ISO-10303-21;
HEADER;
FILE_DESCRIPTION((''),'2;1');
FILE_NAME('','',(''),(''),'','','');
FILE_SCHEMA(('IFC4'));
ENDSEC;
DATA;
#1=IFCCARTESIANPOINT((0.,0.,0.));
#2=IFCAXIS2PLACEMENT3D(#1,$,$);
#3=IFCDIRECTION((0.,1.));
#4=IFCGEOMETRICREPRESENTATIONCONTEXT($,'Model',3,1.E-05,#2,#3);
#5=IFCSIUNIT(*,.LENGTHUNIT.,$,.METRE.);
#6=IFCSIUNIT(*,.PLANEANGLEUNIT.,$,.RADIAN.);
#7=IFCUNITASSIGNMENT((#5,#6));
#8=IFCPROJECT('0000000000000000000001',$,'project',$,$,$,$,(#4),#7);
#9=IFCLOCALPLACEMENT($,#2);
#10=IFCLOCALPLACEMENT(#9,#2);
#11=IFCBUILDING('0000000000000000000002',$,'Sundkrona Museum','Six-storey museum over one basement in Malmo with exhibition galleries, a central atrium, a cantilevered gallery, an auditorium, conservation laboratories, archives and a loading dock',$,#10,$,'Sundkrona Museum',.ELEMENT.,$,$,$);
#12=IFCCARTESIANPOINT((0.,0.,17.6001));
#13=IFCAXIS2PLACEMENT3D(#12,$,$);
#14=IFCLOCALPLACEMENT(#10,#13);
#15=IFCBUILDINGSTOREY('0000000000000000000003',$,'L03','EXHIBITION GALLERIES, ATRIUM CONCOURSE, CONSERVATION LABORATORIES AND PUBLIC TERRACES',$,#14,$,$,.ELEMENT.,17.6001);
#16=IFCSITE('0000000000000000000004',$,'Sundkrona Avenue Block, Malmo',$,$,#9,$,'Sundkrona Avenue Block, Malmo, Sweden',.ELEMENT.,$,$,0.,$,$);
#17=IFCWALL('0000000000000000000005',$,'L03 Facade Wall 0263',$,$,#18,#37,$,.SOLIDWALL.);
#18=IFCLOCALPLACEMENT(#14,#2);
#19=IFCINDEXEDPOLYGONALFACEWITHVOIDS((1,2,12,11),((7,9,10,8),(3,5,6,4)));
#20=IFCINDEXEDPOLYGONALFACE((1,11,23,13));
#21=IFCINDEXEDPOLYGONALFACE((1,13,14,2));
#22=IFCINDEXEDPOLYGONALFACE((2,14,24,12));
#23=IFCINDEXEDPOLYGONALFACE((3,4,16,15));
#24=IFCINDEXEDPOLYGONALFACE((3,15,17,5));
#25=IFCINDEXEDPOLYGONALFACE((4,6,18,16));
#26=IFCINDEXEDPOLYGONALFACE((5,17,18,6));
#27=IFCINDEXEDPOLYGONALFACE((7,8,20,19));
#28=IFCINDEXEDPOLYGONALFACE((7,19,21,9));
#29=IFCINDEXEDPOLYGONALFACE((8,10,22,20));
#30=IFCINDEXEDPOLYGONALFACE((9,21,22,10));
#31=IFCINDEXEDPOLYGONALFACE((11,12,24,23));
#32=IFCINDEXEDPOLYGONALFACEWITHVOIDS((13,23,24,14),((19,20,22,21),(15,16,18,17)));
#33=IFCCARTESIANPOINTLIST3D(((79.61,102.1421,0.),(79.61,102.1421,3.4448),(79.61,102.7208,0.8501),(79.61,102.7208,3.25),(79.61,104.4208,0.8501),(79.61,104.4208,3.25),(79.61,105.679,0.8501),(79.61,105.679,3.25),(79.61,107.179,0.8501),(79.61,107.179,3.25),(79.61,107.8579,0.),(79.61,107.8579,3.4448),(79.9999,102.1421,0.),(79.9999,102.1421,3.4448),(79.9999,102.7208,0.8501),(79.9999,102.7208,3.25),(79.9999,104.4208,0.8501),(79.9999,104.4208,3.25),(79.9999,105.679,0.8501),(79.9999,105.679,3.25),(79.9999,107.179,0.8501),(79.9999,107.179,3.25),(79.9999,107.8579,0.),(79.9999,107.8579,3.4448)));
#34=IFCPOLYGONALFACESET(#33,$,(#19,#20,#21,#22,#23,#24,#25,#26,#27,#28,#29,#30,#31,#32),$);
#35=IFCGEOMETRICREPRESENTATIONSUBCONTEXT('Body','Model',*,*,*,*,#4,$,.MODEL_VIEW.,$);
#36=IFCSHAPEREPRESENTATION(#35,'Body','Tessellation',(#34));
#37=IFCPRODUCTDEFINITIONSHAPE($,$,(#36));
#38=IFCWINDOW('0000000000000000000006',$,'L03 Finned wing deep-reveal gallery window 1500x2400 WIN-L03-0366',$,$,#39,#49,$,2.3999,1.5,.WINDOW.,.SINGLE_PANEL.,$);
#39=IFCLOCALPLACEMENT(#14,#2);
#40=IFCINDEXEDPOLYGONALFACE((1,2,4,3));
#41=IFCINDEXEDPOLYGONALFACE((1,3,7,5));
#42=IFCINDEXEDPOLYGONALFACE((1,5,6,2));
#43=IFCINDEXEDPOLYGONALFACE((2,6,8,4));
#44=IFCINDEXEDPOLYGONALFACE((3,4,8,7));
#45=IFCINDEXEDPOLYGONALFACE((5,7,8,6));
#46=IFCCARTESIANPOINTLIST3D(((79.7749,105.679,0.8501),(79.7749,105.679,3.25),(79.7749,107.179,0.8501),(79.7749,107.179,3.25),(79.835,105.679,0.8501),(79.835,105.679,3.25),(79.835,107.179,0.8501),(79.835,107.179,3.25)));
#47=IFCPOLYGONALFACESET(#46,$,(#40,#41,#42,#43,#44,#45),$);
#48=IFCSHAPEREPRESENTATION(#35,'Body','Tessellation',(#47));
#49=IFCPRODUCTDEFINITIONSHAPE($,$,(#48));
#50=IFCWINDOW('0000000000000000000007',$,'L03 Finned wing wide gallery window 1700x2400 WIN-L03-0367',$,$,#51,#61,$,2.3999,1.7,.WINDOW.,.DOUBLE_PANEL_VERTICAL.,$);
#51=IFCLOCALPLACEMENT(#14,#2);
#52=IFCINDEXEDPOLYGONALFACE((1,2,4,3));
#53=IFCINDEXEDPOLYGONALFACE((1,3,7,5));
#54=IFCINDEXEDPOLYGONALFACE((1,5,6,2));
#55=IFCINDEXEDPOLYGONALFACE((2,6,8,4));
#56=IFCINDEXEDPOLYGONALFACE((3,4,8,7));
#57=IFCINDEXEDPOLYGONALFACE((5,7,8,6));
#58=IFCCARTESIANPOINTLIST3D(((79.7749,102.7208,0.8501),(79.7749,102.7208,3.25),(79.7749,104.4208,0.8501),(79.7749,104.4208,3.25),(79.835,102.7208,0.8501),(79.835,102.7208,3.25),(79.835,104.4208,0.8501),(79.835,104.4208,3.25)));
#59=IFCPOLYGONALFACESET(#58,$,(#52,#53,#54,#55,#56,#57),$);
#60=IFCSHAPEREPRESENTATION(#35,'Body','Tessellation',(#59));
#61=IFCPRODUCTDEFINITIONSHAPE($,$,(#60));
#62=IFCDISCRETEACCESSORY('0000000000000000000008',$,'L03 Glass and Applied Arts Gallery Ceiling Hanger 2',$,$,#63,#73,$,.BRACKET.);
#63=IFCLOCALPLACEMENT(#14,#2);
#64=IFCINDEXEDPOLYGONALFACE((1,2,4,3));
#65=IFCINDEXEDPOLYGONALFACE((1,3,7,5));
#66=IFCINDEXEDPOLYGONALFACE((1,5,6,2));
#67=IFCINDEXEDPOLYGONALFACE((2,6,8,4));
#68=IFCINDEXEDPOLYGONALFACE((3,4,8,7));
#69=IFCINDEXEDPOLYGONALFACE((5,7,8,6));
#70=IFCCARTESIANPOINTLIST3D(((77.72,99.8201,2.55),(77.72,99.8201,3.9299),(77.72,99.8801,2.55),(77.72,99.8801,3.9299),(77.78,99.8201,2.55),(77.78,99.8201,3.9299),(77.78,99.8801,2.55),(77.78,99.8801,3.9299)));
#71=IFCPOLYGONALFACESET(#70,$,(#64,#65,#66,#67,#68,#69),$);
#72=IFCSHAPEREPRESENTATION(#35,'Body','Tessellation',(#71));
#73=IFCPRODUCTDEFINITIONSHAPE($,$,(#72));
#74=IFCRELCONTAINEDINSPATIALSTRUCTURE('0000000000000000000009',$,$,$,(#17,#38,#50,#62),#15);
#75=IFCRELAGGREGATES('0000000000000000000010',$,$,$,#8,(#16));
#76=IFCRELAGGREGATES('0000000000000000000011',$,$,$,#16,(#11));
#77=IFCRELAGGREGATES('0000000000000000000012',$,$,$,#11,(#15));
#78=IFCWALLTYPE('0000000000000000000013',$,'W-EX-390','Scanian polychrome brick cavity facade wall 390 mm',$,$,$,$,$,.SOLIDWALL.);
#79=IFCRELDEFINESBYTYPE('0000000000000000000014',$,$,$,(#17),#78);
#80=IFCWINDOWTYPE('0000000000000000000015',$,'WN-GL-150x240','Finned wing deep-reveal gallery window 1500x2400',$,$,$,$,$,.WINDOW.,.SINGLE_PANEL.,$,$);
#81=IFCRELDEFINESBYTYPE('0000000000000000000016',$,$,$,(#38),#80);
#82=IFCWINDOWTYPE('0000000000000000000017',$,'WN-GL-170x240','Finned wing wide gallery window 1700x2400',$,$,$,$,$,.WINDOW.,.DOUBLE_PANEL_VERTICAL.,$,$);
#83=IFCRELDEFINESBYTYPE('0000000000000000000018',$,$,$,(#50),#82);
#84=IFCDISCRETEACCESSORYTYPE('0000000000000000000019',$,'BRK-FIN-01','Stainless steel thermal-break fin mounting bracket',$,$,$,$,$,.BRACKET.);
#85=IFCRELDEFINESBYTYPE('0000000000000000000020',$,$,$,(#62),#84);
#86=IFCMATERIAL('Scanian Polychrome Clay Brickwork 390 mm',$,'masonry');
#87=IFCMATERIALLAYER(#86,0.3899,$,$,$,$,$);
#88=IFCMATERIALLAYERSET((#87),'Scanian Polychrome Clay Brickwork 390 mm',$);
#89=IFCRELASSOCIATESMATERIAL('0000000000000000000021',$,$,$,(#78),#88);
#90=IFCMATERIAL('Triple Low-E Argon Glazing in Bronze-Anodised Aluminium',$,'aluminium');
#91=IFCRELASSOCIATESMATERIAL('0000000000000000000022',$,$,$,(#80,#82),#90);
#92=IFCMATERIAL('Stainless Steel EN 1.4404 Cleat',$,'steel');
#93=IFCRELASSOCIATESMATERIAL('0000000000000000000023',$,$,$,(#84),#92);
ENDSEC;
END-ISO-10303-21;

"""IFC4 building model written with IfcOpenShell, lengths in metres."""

from ifc_helpers import new_model, si_unit, direction, frame, frame_2d, origin, origin_2d, place, context, subcontext, project, spatial, rectangle, extrude, material, layer, layer_set, type_object, element, fill, save


model = new_model("IFC4")

# Units and contexts
model_context = context("Model", 3, precision=1e-05, world=origin(), true_north=direction((0.0, 1.0)))
body_context = subcontext(model_context, "Body", "Model", "MODEL_VIEW")
ifc_project = project(units=[si_unit("LENGTHUNIT", "METRE"), si_unit("PLANEANGLEUNIT", "RADIAN")], contexts=[model_context])

# Site, building, storey
site_placement = place(None, origin())
site = spatial("IfcSite", under=ifc_project, at=site_placement, Name="Sundkrona Avenue Block, Malmo", LongName="Sundkrona Avenue Block, Malmo, Sweden", CompositionType="ELEMENT", RefElevation=0.0)
building_placement = place(site_placement, origin())
building = spatial("IfcBuilding", under=site, at=building_placement, Name="Sundkrona Museum", Description="Six-storey museum over one basement in Malmo with exhibition galleries, a central atrium, a cantilevered gallery, an auditorium, conservation laboratories, archives and a loading dock", LongName="Sundkrona Museum", CompositionType="ELEMENT")
storey_placement = place(building_placement, frame((0.0, 0.0, 17.6001)))
storey = spatial("IfcBuildingStorey", under=building, at=storey_placement, Name="L03", Description="EXHIBITION GALLERIES, ATRIUM CONCOURSE, CONSERVATION LABORATORIES AND PUBLIC TERRACES", CompositionType="ELEMENT", Elevation=17.6001)

# Wall, openings, windows
ifc_material_1 = material(Name="Scanian Polychrome Clay Brickwork 390 mm", Category="masonry")
ifc_layer = layer(ifc_material_1, 0.3899)
ifc_layer_set = layer_set([ifc_layer], Name="Scanian Polychrome Clay Brickwork 390 mm")
wall_type = type_object("IfcWallType", Name="W-EX-390", Description="Scanian polychrome brick cavity facade wall 390 mm", PredefinedType="SOLIDWALL", material=ifc_layer_set)
ifc_material_2 = material(Name="Triple Low-E Argon Glazing in Bronze-Anodised Aluminium", Category="aluminium")
window_type_1 = type_object("IfcWindowType", Name="WN-GL-150x240", Description="Finned wing deep-reveal gallery window 1500x2400", PartitioningType="SINGLE_PANEL", PredefinedType="WINDOW", material=ifc_material_2)
window_type_2 = type_object("IfcWindowType", Name="WN-GL-170x240", Description="Finned wing wide gallery window 1700x2400", PartitioningType="DOUBLE_PANEL_VERTICAL", PredefinedType="WINDOW", material=ifc_material_2)
wall_1_placement = place(storey_placement, frame((79.8049, 107.8579, 0.0), z_axis=(0.0, 0.0, 1.0), x_axis=(0.0, -1.0, 0.0)))
wall_1 = element("IfcWall", 1, at=wall_1_placement, inside=storey, type_object=wall_type, Name="L03 Facade Wall 0263", PredefinedType="SOLIDWALL", context=body_context, shape_type="SweptSolid", body=[
    extrude(rectangle(XDim=5.7158, YDim=0.3899, at=frame_2d((2.8579, 0.0))), origin(), (0.0, 0.0, 1.0), 3.4448),
])
opening_1_placement = place(wall_1_placement, frame((0.679, 0.0, 0.8501)))
opening_1 = element("IfcOpeningElement", 2, at=opening_1_placement, cuts=wall_1, PredefinedType="OPENING", context=body_context, shape_type="SweptSolid", body=[
    extrude(rectangle(XDim=1.5, YDim=2.3999, at=frame_2d((0.75, 1.2))), frame((0.0, 0.2048, 0.0), z_axis=(0.0, -1.0, 0.0), x_axis=(1.0, 0.0, 0.0)), (0.0, 0.0, 1.0), 0.4099),
])
opening_2_placement = place(wall_1_placement, frame((3.437, 0.0, 0.8501)))
opening_2 = element("IfcOpeningElement", 3, at=opening_2_placement, cuts=wall_1, PredefinedType="OPENING", context=body_context, shape_type="SweptSolid", body=[
    extrude(rectangle(XDim=1.7, YDim=2.3999, at=frame_2d((0.8501, 1.2))), frame((0.0, 0.2048, 0.0), z_axis=(0.0, -1.0, 0.0), x_axis=(1.0, 0.0, 0.0)), (0.0, 0.0, 1.0), 0.4099),
])
window_1_placement = place(opening_1_placement, origin())
window_1 = element("IfcWindow", 4, at=window_1_placement, inside=storey, type_object=window_type_1, Name="L03 Finned wing deep-reveal gallery window 1500x2400 WIN-L03-0366", OverallHeight=2.3999, OverallWidth=1.5, PartitioningType="SINGLE_PANEL", PredefinedType="WINDOW", context=body_context, shape_type="SweptSolid", body=[
    extrude(rectangle(XDim=1.5, YDim=2.3999, at=frame_2d((0.75, 1.2))), frame((0.0, 0.03, 0.0), z_axis=(0.0, -1.0, 0.0), x_axis=(1.0, 0.0, 0.0)), (0.0, 0.0, 1.0), 0.0601),
])
fill(opening_1, window_1)
window_2_placement = place(opening_2_placement, origin())
window_2 = element("IfcWindow", 5, at=window_2_placement, inside=storey, type_object=window_type_2, Name="L03 Finned wing wide gallery window 1700x2400 WIN-L03-0367", OverallHeight=2.3999, OverallWidth=1.7, PartitioningType="DOUBLE_PANEL_VERTICAL", PredefinedType="WINDOW", context=body_context, shape_type="SweptSolid", body=[
    extrude(rectangle(XDim=1.7, YDim=2.3999, at=frame_2d((0.8501, 1.2))), frame((0.0, 0.03, 0.0), z_axis=(0.0, -1.0, 0.0), x_axis=(1.0, 0.0, 0.0)), (0.0, 0.0, 1.0), 0.0601),
])
fill(opening_2, window_2)

# Discrete accessory
ifc_material_3 = material(Name="Stainless Steel EN 1.4404 Cleat", Category="steel")
discrete_accessory_type = type_object("IfcDiscreteAccessoryType", Name="BRK-FIN-01", Description="Stainless steel thermal-break fin mounting bracket", PredefinedType="BRACKET", material=ifc_material_3)
discrete_accessory_placement = place(storey_placement, frame((77.75, 99.8501, 2.55), z_axis=(0.0, 0.0, 1.0), x_axis=(1.0, 0.0, 0.0)))
element("IfcDiscreteAccessory", 6, at=discrete_accessory_placement, inside=storey, type_object=discrete_accessory_type, Name="L03 Glass and Applied Arts Gallery Ceiling Hanger 2", PredefinedType="BRACKET", context=body_context, shape_type="SweptSolid", body=[
    extrude(rectangle(XDim=0.0601, YDim=0.0601, at=origin_2d()), origin(), (0.0, 0.0, 1.0), 1.3799),
])

save(model, "model.ifc")
